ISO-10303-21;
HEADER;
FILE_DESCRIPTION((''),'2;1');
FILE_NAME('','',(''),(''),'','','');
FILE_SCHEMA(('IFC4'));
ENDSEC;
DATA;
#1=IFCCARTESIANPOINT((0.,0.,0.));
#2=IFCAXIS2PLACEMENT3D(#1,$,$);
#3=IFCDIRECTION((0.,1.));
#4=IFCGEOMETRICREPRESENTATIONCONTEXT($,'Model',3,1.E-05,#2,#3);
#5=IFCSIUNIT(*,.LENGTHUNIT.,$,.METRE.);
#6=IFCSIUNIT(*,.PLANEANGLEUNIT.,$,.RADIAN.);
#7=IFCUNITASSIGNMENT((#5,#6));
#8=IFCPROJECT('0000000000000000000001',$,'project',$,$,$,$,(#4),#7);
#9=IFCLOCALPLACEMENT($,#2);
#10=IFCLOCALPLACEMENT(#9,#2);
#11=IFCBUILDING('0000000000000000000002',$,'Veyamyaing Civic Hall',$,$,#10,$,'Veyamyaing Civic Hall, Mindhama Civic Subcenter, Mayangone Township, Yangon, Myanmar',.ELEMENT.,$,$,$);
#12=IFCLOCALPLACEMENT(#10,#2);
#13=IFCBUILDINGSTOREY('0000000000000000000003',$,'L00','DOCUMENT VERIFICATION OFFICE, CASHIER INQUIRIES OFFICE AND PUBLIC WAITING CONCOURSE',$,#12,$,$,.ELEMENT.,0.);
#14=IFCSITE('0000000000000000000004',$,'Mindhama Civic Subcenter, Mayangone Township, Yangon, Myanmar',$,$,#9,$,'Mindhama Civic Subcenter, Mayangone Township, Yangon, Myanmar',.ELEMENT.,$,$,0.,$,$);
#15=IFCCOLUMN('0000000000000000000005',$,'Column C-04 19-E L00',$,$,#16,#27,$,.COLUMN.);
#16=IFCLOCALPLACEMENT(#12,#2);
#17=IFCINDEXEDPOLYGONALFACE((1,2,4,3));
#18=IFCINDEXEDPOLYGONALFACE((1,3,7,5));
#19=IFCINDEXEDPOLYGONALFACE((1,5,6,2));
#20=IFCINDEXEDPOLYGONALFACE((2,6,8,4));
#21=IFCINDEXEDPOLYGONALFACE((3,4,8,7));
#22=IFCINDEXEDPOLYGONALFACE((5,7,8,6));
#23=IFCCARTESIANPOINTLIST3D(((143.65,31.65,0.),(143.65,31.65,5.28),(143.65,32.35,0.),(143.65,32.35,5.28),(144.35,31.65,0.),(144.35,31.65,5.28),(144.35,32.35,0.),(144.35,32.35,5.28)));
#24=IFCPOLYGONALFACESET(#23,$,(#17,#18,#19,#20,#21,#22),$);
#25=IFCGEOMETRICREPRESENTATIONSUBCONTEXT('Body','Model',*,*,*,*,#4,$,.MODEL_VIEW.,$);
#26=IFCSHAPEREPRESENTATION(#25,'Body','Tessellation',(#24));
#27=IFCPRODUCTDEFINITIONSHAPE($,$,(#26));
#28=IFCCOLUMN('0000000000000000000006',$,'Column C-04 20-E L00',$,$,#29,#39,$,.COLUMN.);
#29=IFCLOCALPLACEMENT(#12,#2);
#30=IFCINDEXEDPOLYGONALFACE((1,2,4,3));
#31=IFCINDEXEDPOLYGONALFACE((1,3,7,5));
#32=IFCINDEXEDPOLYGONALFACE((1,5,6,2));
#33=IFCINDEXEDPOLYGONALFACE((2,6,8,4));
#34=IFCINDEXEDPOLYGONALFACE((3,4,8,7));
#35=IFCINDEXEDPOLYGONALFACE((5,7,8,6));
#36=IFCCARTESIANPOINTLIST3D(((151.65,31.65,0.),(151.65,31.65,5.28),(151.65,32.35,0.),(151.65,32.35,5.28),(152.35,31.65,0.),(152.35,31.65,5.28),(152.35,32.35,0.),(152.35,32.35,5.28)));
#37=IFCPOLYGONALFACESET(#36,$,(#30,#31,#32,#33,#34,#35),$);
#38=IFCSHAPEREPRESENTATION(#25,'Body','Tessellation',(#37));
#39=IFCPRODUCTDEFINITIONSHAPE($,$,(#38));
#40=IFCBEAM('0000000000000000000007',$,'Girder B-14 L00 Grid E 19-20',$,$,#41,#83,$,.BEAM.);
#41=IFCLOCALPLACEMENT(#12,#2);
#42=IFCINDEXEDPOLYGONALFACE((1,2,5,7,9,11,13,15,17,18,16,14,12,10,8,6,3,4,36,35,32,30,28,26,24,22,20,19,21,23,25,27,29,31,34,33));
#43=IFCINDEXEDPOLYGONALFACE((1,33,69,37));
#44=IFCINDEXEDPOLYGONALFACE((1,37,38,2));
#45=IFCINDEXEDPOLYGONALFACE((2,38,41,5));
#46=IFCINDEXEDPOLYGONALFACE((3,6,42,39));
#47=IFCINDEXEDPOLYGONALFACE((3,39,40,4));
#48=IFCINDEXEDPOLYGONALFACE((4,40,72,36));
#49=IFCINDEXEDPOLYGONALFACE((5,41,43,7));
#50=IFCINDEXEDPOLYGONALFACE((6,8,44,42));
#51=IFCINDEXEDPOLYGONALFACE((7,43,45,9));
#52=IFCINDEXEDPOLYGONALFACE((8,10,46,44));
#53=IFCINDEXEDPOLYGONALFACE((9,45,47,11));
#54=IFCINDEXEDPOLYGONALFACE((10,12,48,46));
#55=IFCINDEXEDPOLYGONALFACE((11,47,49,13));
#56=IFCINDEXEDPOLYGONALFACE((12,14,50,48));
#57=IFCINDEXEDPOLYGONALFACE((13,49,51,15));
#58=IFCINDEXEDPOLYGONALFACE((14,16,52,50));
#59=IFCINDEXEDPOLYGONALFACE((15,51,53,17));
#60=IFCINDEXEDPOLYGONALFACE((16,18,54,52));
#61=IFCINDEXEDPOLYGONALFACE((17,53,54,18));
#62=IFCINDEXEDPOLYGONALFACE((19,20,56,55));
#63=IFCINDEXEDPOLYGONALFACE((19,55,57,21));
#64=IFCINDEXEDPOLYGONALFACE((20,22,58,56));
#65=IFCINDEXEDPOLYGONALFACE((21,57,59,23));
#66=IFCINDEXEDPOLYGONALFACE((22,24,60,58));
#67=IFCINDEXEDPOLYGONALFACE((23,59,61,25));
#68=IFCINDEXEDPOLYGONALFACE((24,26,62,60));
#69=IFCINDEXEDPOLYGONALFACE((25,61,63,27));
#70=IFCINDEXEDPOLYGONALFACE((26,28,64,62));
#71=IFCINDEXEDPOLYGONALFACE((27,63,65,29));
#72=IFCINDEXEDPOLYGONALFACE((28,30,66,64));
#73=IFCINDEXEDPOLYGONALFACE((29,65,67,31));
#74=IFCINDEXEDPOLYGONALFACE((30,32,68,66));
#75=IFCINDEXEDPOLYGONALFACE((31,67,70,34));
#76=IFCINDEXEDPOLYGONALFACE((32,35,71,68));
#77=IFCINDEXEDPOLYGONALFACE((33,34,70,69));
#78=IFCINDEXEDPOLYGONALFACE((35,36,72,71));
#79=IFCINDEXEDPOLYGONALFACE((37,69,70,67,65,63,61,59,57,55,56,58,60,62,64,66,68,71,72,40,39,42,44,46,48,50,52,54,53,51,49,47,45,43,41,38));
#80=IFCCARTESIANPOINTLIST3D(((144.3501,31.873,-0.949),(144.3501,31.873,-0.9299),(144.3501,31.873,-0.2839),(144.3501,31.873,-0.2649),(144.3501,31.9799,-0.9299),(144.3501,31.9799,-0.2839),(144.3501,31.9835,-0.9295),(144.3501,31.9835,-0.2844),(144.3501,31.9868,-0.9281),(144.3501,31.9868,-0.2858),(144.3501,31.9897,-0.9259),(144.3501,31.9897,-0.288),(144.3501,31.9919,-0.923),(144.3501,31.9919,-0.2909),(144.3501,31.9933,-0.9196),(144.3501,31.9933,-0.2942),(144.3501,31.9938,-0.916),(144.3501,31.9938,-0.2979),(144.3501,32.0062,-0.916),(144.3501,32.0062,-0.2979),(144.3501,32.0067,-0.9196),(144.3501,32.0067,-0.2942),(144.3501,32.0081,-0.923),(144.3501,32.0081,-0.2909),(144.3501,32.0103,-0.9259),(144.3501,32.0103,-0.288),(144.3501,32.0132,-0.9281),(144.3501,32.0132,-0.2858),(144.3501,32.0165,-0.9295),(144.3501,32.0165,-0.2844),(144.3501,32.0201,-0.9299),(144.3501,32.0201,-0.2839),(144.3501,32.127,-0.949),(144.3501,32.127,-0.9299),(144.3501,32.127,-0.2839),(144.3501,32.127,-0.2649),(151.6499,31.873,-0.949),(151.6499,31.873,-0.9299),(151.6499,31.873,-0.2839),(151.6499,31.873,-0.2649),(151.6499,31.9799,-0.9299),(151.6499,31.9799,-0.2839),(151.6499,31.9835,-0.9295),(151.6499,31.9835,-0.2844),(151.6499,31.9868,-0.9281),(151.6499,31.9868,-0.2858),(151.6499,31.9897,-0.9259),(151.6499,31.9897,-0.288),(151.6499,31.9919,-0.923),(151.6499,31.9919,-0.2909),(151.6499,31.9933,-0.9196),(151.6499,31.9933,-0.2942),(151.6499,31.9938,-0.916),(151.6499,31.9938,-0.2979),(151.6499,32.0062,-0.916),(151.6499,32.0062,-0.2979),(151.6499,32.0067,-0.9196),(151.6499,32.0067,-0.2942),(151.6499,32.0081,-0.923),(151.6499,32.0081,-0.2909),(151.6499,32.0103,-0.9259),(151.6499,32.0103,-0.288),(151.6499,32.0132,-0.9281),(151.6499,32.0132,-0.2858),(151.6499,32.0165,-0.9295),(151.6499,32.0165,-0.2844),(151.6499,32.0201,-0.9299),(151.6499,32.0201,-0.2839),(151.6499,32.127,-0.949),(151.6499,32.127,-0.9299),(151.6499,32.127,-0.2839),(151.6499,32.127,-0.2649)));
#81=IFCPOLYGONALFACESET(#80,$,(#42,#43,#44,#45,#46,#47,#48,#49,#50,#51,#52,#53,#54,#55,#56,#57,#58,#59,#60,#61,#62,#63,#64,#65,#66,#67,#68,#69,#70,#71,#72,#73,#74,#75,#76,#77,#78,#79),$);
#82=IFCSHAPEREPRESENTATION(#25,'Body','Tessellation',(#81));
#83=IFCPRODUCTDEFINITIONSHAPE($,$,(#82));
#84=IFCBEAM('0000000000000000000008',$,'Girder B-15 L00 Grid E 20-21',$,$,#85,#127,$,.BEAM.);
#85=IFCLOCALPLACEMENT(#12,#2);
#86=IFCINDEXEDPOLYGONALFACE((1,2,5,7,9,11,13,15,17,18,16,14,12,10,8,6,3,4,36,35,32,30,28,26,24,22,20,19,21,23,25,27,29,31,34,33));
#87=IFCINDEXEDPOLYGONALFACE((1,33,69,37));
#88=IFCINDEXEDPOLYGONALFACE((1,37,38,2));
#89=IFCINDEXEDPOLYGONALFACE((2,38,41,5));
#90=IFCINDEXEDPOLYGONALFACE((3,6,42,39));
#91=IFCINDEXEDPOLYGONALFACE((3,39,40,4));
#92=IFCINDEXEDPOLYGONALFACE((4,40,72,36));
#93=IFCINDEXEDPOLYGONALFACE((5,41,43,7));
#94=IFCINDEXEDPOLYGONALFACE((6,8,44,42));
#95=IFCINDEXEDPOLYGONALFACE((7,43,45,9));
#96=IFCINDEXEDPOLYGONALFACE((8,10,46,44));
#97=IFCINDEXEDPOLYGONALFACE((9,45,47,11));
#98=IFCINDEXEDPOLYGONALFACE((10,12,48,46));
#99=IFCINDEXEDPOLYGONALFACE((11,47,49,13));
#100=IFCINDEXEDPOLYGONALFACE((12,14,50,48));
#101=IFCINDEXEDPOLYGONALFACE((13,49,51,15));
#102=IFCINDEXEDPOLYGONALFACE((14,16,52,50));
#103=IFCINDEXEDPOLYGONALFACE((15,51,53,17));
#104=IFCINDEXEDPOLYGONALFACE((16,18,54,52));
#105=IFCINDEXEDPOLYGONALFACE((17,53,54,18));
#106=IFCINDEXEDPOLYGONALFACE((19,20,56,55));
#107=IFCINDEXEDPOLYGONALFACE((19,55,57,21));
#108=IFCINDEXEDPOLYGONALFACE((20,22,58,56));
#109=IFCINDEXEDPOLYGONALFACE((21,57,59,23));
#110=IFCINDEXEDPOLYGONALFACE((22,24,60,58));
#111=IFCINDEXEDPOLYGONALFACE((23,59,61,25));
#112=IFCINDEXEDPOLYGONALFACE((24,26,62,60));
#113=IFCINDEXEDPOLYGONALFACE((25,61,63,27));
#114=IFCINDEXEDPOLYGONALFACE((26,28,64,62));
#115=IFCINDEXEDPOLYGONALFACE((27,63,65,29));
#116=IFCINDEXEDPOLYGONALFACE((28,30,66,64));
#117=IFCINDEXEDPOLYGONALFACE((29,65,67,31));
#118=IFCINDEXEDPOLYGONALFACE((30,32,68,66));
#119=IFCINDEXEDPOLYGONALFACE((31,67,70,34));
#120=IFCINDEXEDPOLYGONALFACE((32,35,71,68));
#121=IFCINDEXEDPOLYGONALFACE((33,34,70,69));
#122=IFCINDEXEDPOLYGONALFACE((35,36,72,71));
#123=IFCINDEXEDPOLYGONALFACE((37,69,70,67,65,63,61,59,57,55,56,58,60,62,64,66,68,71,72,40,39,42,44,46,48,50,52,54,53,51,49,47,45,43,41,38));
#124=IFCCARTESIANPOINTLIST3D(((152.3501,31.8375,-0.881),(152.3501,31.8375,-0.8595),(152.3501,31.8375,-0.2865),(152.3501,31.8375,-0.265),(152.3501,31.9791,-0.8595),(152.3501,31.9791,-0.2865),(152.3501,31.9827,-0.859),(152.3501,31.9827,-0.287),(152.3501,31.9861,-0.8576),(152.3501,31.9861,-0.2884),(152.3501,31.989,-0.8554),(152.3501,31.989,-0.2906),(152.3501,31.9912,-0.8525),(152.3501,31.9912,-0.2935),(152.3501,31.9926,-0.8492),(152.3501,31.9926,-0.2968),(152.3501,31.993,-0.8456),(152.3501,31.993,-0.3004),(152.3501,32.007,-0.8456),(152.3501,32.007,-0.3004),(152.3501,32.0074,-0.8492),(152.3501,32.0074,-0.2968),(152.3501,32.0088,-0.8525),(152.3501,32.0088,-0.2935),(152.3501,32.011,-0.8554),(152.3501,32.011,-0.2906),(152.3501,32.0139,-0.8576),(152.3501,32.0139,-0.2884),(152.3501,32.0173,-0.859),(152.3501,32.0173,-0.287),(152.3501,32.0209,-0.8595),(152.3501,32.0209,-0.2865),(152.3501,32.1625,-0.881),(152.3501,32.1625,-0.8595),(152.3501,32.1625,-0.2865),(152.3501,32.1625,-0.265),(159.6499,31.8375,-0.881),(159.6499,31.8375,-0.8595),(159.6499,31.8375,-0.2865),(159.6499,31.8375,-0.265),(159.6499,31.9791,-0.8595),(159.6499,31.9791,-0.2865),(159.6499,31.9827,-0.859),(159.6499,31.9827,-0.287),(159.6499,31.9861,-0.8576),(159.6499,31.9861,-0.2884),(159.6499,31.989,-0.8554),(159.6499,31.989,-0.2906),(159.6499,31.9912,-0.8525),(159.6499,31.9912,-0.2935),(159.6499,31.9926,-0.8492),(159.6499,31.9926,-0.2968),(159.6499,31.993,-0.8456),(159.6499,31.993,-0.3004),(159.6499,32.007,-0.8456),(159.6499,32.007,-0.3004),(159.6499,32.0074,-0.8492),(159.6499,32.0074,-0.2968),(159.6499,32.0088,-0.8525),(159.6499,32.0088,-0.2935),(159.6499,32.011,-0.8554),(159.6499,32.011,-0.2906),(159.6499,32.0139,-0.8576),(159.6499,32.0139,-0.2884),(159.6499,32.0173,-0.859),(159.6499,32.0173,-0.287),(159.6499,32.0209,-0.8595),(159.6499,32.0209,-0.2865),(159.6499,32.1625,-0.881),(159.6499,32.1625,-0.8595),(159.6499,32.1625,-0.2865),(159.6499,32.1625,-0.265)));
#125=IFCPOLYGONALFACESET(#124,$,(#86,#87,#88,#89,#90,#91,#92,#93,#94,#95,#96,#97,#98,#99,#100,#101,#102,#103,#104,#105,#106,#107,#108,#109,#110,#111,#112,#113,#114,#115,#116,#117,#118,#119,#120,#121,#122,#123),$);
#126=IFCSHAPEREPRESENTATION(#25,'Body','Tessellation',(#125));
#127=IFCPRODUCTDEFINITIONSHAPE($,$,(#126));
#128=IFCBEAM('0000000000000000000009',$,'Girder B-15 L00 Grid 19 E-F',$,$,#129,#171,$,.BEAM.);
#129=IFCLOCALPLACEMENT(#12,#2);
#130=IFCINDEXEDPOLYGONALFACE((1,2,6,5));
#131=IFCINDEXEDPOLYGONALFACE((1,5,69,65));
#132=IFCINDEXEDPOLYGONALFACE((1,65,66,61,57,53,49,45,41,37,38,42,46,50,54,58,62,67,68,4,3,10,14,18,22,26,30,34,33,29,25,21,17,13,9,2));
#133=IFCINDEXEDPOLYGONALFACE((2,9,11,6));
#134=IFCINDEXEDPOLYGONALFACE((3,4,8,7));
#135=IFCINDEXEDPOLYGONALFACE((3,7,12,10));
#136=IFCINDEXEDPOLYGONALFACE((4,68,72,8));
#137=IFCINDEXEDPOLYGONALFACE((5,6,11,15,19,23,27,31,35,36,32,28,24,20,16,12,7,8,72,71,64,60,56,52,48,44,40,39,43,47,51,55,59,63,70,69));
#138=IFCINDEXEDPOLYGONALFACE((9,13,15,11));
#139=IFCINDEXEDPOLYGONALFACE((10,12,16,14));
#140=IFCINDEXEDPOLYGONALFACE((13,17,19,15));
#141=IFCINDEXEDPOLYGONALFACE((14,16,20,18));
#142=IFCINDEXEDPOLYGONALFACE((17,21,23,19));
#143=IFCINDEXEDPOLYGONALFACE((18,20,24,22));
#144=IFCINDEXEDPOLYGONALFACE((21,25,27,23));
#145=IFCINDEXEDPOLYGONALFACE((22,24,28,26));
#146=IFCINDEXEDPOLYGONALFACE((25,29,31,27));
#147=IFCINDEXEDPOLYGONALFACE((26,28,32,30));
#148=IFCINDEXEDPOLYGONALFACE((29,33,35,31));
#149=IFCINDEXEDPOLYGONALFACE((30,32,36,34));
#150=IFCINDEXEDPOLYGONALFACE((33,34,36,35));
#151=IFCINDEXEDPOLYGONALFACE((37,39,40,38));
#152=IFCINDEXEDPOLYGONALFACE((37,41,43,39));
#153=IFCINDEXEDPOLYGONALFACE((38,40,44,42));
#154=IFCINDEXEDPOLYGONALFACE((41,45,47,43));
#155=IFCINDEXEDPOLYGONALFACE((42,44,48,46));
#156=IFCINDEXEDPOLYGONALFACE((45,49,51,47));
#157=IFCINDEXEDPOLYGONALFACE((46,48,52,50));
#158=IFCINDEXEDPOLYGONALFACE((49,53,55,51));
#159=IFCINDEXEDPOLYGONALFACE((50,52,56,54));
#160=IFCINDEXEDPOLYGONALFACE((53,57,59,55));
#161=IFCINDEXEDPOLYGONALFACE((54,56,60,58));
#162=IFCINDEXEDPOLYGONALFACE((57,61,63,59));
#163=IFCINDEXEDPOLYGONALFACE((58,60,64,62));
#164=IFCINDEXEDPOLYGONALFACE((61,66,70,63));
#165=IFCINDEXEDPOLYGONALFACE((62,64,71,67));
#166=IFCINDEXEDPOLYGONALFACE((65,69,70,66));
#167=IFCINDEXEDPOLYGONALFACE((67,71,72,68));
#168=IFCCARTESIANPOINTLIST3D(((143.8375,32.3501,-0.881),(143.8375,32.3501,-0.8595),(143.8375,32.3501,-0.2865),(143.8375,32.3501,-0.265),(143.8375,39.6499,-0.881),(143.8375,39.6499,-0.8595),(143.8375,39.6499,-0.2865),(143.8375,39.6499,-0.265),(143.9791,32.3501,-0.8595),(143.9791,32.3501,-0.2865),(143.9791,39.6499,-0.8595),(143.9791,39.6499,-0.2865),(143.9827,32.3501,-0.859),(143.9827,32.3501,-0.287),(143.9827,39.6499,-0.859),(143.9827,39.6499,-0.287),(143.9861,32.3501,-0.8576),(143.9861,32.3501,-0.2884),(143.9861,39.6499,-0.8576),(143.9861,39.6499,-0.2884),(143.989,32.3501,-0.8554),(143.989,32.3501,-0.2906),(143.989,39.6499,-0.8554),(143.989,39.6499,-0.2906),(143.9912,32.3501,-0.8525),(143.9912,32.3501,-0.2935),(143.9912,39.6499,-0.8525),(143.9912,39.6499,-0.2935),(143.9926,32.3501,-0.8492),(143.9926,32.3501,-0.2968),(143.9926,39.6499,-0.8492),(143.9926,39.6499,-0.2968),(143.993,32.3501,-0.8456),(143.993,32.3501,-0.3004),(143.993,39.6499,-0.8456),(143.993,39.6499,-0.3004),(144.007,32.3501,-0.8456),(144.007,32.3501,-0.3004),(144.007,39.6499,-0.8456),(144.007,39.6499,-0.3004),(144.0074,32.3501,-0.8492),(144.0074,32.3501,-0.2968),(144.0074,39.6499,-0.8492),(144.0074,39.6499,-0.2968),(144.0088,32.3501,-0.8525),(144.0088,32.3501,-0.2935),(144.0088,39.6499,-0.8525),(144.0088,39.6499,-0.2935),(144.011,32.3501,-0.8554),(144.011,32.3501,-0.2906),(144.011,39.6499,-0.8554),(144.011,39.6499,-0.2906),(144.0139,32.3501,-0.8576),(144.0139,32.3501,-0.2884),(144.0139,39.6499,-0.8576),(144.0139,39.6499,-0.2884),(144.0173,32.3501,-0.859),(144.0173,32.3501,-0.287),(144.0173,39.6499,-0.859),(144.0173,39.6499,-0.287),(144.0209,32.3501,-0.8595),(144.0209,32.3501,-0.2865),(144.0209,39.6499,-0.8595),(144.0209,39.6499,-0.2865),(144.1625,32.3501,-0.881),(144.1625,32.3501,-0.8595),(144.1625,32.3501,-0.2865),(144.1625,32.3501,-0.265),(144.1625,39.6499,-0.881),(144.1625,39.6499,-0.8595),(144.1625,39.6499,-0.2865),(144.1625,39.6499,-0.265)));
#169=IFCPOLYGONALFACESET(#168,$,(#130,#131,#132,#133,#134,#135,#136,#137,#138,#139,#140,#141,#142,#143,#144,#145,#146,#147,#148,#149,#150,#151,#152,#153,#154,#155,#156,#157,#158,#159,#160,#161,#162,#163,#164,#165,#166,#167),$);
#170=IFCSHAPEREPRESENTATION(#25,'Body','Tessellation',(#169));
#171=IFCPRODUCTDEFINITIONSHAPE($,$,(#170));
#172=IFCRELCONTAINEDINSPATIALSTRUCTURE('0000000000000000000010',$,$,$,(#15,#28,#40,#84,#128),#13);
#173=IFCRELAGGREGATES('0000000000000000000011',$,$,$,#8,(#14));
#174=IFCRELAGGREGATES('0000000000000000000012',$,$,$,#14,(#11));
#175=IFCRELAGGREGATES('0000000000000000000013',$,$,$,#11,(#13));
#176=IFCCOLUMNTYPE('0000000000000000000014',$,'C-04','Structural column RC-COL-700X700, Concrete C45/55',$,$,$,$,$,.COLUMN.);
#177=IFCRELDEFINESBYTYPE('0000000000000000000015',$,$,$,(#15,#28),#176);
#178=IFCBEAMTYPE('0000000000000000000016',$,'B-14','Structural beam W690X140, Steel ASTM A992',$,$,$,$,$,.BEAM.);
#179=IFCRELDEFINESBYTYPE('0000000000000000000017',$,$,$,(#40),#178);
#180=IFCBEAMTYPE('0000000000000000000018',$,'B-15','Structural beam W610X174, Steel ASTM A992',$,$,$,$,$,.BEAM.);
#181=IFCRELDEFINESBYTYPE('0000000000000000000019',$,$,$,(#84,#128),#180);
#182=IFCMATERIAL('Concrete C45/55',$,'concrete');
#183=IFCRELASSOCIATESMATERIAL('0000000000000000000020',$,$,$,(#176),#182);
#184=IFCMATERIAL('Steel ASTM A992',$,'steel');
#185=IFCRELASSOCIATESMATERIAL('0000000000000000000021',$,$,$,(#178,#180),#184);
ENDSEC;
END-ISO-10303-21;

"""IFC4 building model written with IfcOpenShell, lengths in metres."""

from ifc_helpers import new_model, si_unit, direction, frame, origin, origin_2d, place, context, subcontext, project, spatial, rectangle, i_section, extrude, material, material_profile, profile_set, type_object, element, save


model = new_model("IFC4")

# Units and contexts
model_context = context("Model", 3, precision=1e-05, world=origin(), true_north=direction((0.0, 1.0)))
body_context = subcontext(model_context, "Body", "Model", "MODEL_VIEW")
ifc_project = project(units=[si_unit("LENGTHUNIT", "METRE"), si_unit("PLANEANGLEUNIT", "RADIAN")], contexts=[model_context])

# Site, building, storey
site_placement = place(None, origin())
site = spatial("IfcSite", under=ifc_project, at=site_placement, Name="Mindhama Civic Subcenter, Mayangone Township, Yangon, Myanmar", LongName="Mindhama Civic Subcenter, Mayangone Township, Yangon, Myanmar", CompositionType="ELEMENT", RefElevation=0.0)
building_placement = place(site_placement, origin())
building = spatial("IfcBuilding", under=site, at=building_placement, Name="Veyamyaing Civic Hall", LongName="Veyamyaing Civic Hall, Mindhama Civic Subcenter, Mayangone Township, Yangon, Myanmar", CompositionType="ELEMENT")
storey_placement = place(building_placement, origin())
storey = spatial("IfcBuildingStorey", under=building, at=storey_placement, Name="L00", Description="DOCUMENT VERIFICATION OFFICE, CASHIER INQUIRIES OFFICE AND PUBLIC WAITING CONCOURSE", CompositionType="ELEMENT", Elevation=0.0)

# Columns
ifc_material_1 = material(Name="Concrete C45/55", Category="concrete")
ifc_material_profile_1 = material_profile(ifc_material_1, rectangle(XDim=0.7, YDim=0.7, at=origin_2d()), Name="RC-COL-700X700")
ifc_profile_set_1 = profile_set([ifc_material_profile_1], Name="Concrete C45/55")
column_type = type_object("IfcColumnType", Name="C-04", Description="Structural column RC-COL-700X700, Concrete C45/55", PredefinedType="COLUMN", material=ifc_profile_set_1)
for number, where, z_axis, x_axis, name in (
    (1, (144.0, 32.0, 0.0), (0.0, 0.0, 1.0), (1.0, 0.0, 0.0), "Column C-04 19-E L00"),
    (2, (152.0, 32.0, 0.0), (0.0, 0.0, 1.0), (1.0, 0.0, 0.0), "Column C-04 20-E L00"),
):
    element("IfcColumn", number, at=place(storey_placement, frame(where, z_axis=z_axis, x_axis=x_axis)), inside=storey, type_object=column_type, Name=name, PredefinedType="COLUMN", context=body_context, shape_type="SweptSolid", body=[
        extrude(rectangle(XDim=0.7, YDim=0.7, at=origin_2d()), origin(), (0.0, 0.0, 1.0), 5.28),
    ])

# Beams
ifc_material_2 = material(Name="Steel ASTM A992", Category="steel")
ifc_material_profile_2 = material_profile(ifc_material_2, i_section(OverallWidth=0.2539, OverallDepth=0.6841, WebThickness=0.0125, FlangeThickness=0.019, FilletRadius=0.0139, at=origin_2d()), Name="W690X140")
ifc_profile_set_2 = profile_set([ifc_material_profile_2], Name="Steel ASTM A992")
beam_type_1 = type_object("IfcBeamType", Name="B-14", Description="Structural beam W690X140, Steel ASTM A992", PredefinedType="BEAM", material=ifc_profile_set_2)
beam_1_placement = place(storey_placement, frame((144.3501, 32.0, -0.6069), z_axis=(1.0, 0.0, 0.0), x_axis=(0.0, 1.0, 0.0)))
element("IfcBeam", 3, at=beam_1_placement, inside=storey, type_object=beam_type_1, Name="Girder B-14 L00 Grid E 19-20", PredefinedType="BEAM", context=body_context, shape_type="SweptSolid", body=[
    extrude(i_section(OverallWidth=0.2539, OverallDepth=0.6841, WebThickness=0.0125, FlangeThickness=0.019, FilletRadius=0.0139, at=origin_2d()), origin(), (0.0, 0.0, 1.0), 7.2998),
])
ifc_material_profile_3 = material_profile(ifc_material_2, i_section(OverallWidth=0.325, OverallDepth=0.616, WebThickness=0.0139, FlangeThickness=0.0215, FilletRadius=0.0139, at=origin_2d()), Name="W610X174")
ifc_profile_set_3 = profile_set([ifc_material_profile_3], Name="Steel ASTM A992")
beam_type_2 = type_object("IfcBeamType", Name="B-15", Description="Structural beam W610X174, Steel ASTM A992", PredefinedType="BEAM", material=ifc_profile_set_3)
for number, where, z_axis, x_axis, name in (
    (4, (152.3501, 32.0, -0.573), (1.0, 0.0, 0.0), (0.0, 1.0, 0.0), "Girder B-15 L00 Grid E 20-21"),
    (5, (144.0, 32.3501, -0.573), (0.0, 1.0, 0.0), (-1.0, 0.0, 0.0), "Girder B-15 L00 Grid 19 E-F"),
):
    element("IfcBeam", number, at=place(storey_placement, frame(where, z_axis=z_axis, x_axis=x_axis)), inside=storey, type_object=beam_type_2, Name=name, PredefinedType="BEAM", context=body_context, shape_type="SweptSolid", body=[
        extrude(i_section(OverallWidth=0.325, OverallDepth=0.616, WebThickness=0.0139, FlangeThickness=0.0215, FilletRadius=0.0139, at=origin_2d()), origin(), (0.0, 0.0, 1.0), 7.2998),
    ])

save(model, "model.ifc")
